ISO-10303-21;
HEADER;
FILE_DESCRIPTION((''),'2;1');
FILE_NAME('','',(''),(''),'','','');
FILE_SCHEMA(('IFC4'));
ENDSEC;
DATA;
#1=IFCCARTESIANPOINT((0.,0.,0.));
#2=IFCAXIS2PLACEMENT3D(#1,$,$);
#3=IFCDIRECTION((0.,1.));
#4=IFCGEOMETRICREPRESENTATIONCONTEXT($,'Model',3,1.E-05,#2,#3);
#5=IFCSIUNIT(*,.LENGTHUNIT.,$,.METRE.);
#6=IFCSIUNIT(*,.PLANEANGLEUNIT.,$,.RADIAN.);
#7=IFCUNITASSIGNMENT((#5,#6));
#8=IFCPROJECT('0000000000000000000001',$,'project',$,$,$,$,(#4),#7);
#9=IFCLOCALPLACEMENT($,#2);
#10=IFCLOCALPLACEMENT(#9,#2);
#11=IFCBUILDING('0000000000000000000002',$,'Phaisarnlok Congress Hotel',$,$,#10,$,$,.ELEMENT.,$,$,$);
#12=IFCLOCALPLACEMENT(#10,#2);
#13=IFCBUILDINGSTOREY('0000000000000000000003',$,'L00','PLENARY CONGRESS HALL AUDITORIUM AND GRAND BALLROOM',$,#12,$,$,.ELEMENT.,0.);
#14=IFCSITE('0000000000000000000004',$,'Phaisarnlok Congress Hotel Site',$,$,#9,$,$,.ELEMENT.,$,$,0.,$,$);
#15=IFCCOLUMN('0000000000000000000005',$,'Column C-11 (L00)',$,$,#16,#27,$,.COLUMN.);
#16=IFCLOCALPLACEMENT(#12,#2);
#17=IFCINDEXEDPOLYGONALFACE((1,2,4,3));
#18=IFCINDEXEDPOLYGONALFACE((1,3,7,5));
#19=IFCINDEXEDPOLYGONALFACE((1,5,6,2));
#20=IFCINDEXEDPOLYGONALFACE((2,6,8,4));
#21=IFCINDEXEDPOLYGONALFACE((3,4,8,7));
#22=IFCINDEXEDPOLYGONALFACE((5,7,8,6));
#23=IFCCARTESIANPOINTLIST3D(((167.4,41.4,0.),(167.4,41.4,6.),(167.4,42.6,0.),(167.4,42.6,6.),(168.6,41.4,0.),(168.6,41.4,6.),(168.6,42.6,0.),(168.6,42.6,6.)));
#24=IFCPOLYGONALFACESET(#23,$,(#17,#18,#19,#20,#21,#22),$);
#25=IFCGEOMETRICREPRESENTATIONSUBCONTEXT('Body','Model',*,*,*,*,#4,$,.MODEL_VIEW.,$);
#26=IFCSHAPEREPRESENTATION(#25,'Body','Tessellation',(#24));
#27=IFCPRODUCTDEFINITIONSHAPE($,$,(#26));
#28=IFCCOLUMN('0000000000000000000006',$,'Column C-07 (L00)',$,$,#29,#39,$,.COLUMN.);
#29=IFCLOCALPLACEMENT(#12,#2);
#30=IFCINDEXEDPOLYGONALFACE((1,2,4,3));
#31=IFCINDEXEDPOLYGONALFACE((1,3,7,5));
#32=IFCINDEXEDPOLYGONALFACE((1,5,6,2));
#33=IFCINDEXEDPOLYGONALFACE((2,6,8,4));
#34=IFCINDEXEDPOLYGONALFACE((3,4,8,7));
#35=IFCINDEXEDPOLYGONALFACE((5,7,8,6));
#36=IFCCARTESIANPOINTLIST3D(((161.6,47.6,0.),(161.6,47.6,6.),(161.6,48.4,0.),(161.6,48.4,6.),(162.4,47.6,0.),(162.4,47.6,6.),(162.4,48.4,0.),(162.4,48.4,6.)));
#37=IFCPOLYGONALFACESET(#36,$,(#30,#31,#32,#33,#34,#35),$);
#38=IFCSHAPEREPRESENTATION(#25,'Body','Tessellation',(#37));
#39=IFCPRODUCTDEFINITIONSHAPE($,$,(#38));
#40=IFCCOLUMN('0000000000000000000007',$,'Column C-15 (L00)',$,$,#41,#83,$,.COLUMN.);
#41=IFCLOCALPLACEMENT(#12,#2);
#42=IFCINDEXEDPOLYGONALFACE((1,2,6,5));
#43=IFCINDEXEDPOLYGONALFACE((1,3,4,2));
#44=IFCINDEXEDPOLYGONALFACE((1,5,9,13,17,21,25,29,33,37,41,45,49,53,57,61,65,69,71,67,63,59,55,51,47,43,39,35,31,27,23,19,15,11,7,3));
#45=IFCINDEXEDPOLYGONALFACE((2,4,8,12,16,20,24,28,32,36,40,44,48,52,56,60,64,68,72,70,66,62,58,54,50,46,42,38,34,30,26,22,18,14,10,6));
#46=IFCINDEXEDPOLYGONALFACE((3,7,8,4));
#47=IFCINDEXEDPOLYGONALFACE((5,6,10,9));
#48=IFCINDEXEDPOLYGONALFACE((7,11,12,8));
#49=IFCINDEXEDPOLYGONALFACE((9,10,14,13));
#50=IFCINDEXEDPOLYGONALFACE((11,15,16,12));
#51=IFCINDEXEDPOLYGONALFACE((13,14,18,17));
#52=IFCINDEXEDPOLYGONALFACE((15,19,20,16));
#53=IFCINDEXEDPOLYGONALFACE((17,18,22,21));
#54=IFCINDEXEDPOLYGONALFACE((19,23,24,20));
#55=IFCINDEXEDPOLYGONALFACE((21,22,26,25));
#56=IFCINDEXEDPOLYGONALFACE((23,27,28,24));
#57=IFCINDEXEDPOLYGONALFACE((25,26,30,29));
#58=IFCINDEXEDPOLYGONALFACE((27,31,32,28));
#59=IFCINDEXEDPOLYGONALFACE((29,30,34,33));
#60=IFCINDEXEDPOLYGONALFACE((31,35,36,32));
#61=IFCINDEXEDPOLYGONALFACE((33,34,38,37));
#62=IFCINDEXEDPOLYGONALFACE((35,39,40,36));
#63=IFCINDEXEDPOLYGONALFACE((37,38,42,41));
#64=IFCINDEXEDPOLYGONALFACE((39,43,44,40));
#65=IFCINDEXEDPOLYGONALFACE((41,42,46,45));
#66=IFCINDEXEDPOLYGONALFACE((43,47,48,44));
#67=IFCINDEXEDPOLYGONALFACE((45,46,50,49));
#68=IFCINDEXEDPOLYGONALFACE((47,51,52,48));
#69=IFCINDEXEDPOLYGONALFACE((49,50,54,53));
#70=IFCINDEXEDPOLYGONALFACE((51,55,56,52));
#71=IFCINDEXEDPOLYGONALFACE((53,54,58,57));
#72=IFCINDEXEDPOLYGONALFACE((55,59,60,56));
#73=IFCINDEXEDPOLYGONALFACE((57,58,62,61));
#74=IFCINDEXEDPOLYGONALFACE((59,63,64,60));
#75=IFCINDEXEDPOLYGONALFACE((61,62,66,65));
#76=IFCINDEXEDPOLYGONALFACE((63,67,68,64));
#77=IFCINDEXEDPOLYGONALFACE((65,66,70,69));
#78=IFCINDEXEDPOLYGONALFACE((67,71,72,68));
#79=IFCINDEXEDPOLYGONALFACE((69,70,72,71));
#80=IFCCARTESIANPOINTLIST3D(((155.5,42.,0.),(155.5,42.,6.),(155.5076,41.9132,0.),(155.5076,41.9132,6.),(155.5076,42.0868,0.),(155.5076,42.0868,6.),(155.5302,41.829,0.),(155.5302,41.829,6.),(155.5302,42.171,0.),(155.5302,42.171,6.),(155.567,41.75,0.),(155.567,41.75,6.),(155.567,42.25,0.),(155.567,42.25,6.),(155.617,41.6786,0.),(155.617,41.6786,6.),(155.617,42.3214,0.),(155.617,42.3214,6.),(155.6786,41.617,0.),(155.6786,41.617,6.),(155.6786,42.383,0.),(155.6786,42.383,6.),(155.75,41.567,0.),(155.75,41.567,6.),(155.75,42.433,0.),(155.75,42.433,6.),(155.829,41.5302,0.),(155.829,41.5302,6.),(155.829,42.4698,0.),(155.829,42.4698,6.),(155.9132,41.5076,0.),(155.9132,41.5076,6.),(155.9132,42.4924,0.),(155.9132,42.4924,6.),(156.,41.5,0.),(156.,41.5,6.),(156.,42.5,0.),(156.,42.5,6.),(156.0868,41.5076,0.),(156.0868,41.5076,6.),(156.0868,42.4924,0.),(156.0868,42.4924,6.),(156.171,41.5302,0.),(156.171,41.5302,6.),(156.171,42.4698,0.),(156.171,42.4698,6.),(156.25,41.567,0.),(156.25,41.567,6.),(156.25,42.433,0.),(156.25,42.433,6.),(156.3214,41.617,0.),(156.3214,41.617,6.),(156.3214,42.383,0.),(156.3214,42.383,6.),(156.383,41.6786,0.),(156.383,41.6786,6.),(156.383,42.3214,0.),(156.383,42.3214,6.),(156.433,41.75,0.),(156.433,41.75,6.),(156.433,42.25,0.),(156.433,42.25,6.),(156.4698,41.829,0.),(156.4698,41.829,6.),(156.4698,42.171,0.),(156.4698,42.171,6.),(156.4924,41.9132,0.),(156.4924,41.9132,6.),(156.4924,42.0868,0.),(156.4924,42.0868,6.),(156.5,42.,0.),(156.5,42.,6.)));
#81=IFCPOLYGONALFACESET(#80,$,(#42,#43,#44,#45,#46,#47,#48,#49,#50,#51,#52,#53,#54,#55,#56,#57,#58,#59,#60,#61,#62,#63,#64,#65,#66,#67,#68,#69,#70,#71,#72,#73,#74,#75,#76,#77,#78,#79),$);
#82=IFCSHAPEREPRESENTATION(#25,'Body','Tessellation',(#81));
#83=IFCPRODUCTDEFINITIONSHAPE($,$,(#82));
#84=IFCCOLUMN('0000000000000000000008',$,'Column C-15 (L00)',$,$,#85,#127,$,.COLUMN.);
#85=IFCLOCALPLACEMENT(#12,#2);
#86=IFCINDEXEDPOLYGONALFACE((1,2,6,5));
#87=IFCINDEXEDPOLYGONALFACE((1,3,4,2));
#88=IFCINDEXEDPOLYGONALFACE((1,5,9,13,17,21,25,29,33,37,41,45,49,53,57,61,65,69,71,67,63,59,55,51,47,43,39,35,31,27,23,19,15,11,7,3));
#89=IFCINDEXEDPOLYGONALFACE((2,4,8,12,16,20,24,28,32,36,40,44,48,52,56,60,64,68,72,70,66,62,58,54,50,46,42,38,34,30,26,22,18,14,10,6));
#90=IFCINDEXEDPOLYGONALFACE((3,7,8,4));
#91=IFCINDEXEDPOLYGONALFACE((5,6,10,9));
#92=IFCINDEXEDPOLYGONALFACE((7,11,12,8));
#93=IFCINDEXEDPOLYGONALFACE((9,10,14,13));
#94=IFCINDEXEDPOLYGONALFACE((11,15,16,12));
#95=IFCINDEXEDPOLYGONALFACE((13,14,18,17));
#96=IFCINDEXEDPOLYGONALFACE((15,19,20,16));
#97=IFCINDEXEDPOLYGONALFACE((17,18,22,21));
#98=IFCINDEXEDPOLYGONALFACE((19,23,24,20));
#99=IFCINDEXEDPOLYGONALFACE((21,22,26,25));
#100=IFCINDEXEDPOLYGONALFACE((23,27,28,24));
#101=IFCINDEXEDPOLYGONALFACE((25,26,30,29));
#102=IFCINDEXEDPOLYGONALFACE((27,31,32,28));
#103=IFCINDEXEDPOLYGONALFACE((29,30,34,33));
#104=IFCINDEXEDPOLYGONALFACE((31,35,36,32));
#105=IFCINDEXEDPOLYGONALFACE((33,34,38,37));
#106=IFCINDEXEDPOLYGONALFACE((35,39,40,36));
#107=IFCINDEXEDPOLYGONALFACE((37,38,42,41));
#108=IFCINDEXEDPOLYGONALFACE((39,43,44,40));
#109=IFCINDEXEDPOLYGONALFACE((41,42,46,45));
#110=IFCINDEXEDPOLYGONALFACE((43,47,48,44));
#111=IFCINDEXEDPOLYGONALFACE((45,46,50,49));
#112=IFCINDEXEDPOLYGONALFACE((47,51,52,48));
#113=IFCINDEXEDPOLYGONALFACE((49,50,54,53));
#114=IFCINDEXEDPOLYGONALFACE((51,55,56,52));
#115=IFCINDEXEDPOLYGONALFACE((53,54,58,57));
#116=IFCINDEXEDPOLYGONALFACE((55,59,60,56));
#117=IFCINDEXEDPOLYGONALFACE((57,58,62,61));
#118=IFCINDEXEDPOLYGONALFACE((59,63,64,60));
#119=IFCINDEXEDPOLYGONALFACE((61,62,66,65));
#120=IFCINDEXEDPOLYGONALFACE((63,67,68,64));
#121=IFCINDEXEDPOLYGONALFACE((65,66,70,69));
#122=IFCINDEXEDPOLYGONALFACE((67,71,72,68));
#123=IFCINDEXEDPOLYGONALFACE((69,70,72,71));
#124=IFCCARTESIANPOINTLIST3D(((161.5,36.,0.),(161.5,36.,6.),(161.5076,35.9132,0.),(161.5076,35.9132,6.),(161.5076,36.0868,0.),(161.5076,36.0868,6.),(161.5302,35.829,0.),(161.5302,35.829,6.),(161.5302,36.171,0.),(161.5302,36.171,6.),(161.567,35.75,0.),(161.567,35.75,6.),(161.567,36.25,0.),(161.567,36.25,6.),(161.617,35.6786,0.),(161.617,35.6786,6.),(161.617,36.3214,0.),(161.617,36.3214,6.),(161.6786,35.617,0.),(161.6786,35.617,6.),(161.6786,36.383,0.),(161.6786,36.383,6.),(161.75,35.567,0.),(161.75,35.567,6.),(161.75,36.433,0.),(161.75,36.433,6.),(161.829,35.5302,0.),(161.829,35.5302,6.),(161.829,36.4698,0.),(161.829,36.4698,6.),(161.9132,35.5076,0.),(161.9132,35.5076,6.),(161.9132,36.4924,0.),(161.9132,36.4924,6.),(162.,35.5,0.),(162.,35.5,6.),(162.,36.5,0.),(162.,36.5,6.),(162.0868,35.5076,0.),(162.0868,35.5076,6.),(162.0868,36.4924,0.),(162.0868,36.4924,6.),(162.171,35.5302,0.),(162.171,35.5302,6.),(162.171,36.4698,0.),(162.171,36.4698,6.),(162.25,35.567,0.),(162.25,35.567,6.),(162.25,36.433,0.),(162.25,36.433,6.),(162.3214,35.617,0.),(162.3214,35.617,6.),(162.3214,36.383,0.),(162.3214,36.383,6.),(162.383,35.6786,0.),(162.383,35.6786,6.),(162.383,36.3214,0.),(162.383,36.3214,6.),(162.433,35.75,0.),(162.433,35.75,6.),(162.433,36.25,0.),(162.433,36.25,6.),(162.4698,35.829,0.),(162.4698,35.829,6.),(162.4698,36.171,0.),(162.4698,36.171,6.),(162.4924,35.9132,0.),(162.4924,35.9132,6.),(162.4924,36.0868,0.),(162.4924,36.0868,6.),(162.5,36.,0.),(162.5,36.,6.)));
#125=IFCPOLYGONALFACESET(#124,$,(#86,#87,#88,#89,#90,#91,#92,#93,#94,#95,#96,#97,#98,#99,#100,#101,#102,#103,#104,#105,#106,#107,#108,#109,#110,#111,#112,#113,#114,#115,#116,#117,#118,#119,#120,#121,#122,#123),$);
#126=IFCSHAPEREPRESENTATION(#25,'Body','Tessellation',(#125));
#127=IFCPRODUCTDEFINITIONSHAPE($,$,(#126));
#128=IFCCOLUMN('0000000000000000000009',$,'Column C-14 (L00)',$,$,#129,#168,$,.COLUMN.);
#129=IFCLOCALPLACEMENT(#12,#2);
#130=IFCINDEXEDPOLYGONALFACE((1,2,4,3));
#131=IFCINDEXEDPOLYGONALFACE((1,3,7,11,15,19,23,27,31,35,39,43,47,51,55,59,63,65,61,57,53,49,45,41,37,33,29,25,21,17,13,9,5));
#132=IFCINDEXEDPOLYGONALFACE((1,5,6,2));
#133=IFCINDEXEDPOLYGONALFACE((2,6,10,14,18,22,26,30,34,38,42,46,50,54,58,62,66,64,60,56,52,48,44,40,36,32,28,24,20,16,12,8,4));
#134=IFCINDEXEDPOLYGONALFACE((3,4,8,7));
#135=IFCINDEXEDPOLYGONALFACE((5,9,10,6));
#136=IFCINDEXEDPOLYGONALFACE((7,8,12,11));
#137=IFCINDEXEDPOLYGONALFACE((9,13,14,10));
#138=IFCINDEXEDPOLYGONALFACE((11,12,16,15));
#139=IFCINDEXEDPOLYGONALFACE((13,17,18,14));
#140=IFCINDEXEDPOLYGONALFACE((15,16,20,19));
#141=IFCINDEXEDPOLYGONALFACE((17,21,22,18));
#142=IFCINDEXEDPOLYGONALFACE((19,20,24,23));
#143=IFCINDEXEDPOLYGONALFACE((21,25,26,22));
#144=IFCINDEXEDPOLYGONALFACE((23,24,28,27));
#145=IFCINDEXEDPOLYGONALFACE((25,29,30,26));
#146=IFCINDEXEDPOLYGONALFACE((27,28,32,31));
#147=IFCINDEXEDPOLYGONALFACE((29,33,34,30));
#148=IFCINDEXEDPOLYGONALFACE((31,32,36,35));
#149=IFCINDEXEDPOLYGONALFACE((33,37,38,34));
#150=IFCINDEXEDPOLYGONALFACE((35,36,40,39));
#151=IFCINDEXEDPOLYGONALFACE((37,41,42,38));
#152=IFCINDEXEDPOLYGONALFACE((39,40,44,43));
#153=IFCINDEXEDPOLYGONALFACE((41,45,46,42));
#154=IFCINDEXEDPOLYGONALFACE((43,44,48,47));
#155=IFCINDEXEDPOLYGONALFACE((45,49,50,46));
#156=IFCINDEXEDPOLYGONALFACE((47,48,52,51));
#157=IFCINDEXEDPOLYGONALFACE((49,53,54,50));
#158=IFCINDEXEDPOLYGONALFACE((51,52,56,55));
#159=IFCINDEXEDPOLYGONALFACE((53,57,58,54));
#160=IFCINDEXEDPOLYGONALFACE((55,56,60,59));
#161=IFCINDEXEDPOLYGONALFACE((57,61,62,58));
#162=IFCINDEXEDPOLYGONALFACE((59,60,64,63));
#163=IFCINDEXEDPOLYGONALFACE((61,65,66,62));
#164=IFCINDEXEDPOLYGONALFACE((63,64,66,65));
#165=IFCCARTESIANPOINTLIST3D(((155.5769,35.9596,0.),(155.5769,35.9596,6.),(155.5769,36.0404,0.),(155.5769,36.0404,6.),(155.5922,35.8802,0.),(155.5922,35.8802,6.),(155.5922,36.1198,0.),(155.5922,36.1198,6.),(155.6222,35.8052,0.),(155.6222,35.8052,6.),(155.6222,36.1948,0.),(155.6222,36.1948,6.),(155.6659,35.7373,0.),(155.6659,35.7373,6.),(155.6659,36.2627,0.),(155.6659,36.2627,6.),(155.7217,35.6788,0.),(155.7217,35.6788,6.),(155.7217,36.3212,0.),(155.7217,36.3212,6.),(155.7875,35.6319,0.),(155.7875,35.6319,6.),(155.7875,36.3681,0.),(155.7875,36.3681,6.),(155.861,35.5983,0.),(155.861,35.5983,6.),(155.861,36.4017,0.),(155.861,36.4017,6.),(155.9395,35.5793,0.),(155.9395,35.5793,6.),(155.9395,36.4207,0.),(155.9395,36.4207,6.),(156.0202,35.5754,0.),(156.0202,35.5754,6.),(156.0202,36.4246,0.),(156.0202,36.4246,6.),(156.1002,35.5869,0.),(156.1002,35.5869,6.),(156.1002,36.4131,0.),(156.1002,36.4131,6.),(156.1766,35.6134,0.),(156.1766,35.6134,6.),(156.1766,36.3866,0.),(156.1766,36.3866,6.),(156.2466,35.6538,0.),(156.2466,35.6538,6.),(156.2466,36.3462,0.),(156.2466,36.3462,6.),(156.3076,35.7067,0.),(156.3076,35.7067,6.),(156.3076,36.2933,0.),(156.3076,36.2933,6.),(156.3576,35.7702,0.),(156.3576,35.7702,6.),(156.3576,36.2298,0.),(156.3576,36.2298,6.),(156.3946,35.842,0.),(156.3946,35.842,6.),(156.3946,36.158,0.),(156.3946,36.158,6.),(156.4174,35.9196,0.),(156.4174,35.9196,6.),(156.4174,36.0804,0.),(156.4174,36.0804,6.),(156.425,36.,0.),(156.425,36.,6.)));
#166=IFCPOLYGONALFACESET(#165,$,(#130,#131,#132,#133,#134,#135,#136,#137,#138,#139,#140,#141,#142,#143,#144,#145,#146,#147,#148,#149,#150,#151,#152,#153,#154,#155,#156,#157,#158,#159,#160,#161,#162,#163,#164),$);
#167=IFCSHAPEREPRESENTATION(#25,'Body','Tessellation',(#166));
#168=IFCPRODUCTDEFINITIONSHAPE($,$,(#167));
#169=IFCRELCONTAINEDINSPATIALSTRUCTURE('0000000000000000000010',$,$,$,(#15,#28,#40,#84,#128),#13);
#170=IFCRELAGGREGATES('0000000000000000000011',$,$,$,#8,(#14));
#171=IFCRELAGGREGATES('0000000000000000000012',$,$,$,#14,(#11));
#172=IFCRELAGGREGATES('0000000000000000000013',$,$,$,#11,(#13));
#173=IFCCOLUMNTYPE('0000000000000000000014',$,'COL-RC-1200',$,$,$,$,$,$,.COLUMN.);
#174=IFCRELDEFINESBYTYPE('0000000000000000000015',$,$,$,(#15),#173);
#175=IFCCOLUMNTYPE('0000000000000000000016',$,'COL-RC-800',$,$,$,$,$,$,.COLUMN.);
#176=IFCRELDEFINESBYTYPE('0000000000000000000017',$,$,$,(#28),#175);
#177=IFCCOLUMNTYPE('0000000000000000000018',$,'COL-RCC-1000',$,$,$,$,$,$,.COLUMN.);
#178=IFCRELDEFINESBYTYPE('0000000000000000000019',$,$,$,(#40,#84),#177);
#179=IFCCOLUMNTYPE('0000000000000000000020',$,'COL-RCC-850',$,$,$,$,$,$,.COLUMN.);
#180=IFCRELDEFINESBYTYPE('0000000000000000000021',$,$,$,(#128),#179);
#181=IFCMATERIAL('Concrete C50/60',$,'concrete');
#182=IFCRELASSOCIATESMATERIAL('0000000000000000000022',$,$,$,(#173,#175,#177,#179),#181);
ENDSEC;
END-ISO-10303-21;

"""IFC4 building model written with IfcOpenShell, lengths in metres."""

from ifc_helpers import new_model, si_unit, direction, frame, origin, origin_2d, place, context, subcontext, project, spatial, rectangle, circle, extrude, material, material_profile, profile_set, type_object, element, save


model = new_model("IFC4")

# Units and contexts
model_context = context("Model", 3, precision=1e-05, world=origin(), true_north=direction((0.0, 1.0)))
body_context = subcontext(model_context, "Body", "Model", "MODEL_VIEW")
ifc_project = project(units=[si_unit("LENGTHUNIT", "METRE"), si_unit("PLANEANGLEUNIT", "RADIAN")], contexts=[model_context])

# Site, building, storey
site_placement = place(None, origin())
site = spatial("IfcSite", under=ifc_project, at=site_placement, Name="Phaisarnlok Congress Hotel Site", CompositionType="ELEMENT", RefElevation=0.0)
building_placement = place(site_placement, origin())
building = spatial("IfcBuilding", under=site, at=building_placement, Name="Phaisarnlok Congress Hotel", CompositionType="ELEMENT")
storey_placement = place(building_placement, origin())
storey = spatial("IfcBuildingStorey", under=building, at=storey_placement, Name="L00", Description="PLENARY CONGRESS HALL AUDITORIUM AND GRAND BALLROOM", CompositionType="ELEMENT", Elevation=0.0)

# Columns
ifc_material_1 = material(Name="Concrete C50/60", Category="concrete")
ifc_material_profile_1 = material_profile(ifc_material_1, rectangle(XDim=1.2, YDim=1.2, at=origin_2d()), Name="RC 1200x1200")
ifc_profile_set_1 = profile_set([ifc_material_profile_1], Name="Concrete C50/60")
column_type_1 = type_object("IfcColumnType", Name="COL-RC-1200", PredefinedType="COLUMN", material=ifc_profile_set_1)
column_1_placement = place(storey_placement, frame((168.0, 42.0, 0.0), z_axis=(0.0, 0.0, 1.0), x_axis=(1.0, 0.0, 0.0)))
element("IfcColumn", 1, at=column_1_placement, inside=storey, type_object=column_type_1, Name="Column C-11 (L00)", PredefinedType="COLUMN", context=body_context, shape_type="SweptSolid", body=[
    extrude(rectangle(XDim=1.2, YDim=1.2, at=origin_2d()), origin(), (0.0, 0.0, 1.0), 6.0),
])
ifc_material_profile_2 = material_profile(ifc_material_1, rectangle(XDim=0.8, YDim=0.8, at=origin_2d()), Name="RC 800x800")
ifc_profile_set_2 = profile_set([ifc_material_profile_2], Name="Concrete C50/60")
column_type_2 = type_object("IfcColumnType", Name="COL-RC-800", PredefinedType="COLUMN", material=ifc_profile_set_2)
column_2_placement = place(storey_placement, frame((162.0, 48.0, 0.0), z_axis=(0.0, 0.0, 1.0), x_axis=(1.0, 0.0, 0.0)))
element("IfcColumn", 2, at=column_2_placement, inside=storey, type_object=column_type_2, Name="Column C-07 (L00)", PredefinedType="COLUMN", context=body_context, shape_type="SweptSolid", body=[
    extrude(rectangle(XDim=0.8, YDim=0.8, at=origin_2d()), origin(), (0.0, 0.0, 1.0), 6.0),
])
ifc_material_profile_3 = material_profile(ifc_material_1, circle(Radius=0.5, at=origin_2d()), Name="RCC D1000")
ifc_profile_set_3 = profile_set([ifc_material_profile_3], Name="Concrete C50/60")
column_type_3 = type_object("IfcColumnType", Name="COL-RCC-1000", PredefinedType="COLUMN", material=ifc_profile_set_3)
for number, where, z_axis, x_axis, name in (
    (3, (156.0, 42.0, 0.0), (0.0, 0.0, 1.0), (1.0, 0.0, 0.0), "Column C-15 (L00)"),
    (4, (162.0, 36.0, 0.0), (0.0, 0.0, 1.0), (1.0, 0.0, 0.0), "Column C-15 (L00)"),
):
    element("IfcColumn", number, at=place(storey_placement, frame(where, z_axis=z_axis, x_axis=x_axis)), inside=storey, type_object=column_type_3, Name=name, PredefinedType="COLUMN", context=body_context, shape_type="SweptSolid", body=[
        extrude(circle(Radius=0.5, at=origin_2d()), origin(), (0.0, 0.0, 1.0), 6.0),
    ])
ifc_material_profile_4 = material_profile(ifc_material_1, circle(Radius=0.425, at=origin_2d()), Name="RCC D850")
ifc_profile_set_4 = profile_set([ifc_material_profile_4], Name="Concrete C50/60")
column_type_4 = type_object("IfcColumnType", Name="COL-RCC-850", PredefinedType="COLUMN", material=ifc_profile_set_4)
column_3_placement = place(storey_placement, frame((156.0, 36.0, 0.0), z_axis=(0.0, 0.0, 1.0), x_axis=(1.0, 0.0, 0.0)))
element("IfcColumn", 5, at=column_3_placement, inside=storey, type_object=column_type_4, Name="Column C-14 (L00)", PredefinedType="COLUMN", context=body_context, shape_type="SweptSolid", body=[
    extrude(circle(Radius=0.425, at=origin_2d()), origin(), (0.0, 0.0, 1.0), 6.0),
])

save(model, "model.ifc")
